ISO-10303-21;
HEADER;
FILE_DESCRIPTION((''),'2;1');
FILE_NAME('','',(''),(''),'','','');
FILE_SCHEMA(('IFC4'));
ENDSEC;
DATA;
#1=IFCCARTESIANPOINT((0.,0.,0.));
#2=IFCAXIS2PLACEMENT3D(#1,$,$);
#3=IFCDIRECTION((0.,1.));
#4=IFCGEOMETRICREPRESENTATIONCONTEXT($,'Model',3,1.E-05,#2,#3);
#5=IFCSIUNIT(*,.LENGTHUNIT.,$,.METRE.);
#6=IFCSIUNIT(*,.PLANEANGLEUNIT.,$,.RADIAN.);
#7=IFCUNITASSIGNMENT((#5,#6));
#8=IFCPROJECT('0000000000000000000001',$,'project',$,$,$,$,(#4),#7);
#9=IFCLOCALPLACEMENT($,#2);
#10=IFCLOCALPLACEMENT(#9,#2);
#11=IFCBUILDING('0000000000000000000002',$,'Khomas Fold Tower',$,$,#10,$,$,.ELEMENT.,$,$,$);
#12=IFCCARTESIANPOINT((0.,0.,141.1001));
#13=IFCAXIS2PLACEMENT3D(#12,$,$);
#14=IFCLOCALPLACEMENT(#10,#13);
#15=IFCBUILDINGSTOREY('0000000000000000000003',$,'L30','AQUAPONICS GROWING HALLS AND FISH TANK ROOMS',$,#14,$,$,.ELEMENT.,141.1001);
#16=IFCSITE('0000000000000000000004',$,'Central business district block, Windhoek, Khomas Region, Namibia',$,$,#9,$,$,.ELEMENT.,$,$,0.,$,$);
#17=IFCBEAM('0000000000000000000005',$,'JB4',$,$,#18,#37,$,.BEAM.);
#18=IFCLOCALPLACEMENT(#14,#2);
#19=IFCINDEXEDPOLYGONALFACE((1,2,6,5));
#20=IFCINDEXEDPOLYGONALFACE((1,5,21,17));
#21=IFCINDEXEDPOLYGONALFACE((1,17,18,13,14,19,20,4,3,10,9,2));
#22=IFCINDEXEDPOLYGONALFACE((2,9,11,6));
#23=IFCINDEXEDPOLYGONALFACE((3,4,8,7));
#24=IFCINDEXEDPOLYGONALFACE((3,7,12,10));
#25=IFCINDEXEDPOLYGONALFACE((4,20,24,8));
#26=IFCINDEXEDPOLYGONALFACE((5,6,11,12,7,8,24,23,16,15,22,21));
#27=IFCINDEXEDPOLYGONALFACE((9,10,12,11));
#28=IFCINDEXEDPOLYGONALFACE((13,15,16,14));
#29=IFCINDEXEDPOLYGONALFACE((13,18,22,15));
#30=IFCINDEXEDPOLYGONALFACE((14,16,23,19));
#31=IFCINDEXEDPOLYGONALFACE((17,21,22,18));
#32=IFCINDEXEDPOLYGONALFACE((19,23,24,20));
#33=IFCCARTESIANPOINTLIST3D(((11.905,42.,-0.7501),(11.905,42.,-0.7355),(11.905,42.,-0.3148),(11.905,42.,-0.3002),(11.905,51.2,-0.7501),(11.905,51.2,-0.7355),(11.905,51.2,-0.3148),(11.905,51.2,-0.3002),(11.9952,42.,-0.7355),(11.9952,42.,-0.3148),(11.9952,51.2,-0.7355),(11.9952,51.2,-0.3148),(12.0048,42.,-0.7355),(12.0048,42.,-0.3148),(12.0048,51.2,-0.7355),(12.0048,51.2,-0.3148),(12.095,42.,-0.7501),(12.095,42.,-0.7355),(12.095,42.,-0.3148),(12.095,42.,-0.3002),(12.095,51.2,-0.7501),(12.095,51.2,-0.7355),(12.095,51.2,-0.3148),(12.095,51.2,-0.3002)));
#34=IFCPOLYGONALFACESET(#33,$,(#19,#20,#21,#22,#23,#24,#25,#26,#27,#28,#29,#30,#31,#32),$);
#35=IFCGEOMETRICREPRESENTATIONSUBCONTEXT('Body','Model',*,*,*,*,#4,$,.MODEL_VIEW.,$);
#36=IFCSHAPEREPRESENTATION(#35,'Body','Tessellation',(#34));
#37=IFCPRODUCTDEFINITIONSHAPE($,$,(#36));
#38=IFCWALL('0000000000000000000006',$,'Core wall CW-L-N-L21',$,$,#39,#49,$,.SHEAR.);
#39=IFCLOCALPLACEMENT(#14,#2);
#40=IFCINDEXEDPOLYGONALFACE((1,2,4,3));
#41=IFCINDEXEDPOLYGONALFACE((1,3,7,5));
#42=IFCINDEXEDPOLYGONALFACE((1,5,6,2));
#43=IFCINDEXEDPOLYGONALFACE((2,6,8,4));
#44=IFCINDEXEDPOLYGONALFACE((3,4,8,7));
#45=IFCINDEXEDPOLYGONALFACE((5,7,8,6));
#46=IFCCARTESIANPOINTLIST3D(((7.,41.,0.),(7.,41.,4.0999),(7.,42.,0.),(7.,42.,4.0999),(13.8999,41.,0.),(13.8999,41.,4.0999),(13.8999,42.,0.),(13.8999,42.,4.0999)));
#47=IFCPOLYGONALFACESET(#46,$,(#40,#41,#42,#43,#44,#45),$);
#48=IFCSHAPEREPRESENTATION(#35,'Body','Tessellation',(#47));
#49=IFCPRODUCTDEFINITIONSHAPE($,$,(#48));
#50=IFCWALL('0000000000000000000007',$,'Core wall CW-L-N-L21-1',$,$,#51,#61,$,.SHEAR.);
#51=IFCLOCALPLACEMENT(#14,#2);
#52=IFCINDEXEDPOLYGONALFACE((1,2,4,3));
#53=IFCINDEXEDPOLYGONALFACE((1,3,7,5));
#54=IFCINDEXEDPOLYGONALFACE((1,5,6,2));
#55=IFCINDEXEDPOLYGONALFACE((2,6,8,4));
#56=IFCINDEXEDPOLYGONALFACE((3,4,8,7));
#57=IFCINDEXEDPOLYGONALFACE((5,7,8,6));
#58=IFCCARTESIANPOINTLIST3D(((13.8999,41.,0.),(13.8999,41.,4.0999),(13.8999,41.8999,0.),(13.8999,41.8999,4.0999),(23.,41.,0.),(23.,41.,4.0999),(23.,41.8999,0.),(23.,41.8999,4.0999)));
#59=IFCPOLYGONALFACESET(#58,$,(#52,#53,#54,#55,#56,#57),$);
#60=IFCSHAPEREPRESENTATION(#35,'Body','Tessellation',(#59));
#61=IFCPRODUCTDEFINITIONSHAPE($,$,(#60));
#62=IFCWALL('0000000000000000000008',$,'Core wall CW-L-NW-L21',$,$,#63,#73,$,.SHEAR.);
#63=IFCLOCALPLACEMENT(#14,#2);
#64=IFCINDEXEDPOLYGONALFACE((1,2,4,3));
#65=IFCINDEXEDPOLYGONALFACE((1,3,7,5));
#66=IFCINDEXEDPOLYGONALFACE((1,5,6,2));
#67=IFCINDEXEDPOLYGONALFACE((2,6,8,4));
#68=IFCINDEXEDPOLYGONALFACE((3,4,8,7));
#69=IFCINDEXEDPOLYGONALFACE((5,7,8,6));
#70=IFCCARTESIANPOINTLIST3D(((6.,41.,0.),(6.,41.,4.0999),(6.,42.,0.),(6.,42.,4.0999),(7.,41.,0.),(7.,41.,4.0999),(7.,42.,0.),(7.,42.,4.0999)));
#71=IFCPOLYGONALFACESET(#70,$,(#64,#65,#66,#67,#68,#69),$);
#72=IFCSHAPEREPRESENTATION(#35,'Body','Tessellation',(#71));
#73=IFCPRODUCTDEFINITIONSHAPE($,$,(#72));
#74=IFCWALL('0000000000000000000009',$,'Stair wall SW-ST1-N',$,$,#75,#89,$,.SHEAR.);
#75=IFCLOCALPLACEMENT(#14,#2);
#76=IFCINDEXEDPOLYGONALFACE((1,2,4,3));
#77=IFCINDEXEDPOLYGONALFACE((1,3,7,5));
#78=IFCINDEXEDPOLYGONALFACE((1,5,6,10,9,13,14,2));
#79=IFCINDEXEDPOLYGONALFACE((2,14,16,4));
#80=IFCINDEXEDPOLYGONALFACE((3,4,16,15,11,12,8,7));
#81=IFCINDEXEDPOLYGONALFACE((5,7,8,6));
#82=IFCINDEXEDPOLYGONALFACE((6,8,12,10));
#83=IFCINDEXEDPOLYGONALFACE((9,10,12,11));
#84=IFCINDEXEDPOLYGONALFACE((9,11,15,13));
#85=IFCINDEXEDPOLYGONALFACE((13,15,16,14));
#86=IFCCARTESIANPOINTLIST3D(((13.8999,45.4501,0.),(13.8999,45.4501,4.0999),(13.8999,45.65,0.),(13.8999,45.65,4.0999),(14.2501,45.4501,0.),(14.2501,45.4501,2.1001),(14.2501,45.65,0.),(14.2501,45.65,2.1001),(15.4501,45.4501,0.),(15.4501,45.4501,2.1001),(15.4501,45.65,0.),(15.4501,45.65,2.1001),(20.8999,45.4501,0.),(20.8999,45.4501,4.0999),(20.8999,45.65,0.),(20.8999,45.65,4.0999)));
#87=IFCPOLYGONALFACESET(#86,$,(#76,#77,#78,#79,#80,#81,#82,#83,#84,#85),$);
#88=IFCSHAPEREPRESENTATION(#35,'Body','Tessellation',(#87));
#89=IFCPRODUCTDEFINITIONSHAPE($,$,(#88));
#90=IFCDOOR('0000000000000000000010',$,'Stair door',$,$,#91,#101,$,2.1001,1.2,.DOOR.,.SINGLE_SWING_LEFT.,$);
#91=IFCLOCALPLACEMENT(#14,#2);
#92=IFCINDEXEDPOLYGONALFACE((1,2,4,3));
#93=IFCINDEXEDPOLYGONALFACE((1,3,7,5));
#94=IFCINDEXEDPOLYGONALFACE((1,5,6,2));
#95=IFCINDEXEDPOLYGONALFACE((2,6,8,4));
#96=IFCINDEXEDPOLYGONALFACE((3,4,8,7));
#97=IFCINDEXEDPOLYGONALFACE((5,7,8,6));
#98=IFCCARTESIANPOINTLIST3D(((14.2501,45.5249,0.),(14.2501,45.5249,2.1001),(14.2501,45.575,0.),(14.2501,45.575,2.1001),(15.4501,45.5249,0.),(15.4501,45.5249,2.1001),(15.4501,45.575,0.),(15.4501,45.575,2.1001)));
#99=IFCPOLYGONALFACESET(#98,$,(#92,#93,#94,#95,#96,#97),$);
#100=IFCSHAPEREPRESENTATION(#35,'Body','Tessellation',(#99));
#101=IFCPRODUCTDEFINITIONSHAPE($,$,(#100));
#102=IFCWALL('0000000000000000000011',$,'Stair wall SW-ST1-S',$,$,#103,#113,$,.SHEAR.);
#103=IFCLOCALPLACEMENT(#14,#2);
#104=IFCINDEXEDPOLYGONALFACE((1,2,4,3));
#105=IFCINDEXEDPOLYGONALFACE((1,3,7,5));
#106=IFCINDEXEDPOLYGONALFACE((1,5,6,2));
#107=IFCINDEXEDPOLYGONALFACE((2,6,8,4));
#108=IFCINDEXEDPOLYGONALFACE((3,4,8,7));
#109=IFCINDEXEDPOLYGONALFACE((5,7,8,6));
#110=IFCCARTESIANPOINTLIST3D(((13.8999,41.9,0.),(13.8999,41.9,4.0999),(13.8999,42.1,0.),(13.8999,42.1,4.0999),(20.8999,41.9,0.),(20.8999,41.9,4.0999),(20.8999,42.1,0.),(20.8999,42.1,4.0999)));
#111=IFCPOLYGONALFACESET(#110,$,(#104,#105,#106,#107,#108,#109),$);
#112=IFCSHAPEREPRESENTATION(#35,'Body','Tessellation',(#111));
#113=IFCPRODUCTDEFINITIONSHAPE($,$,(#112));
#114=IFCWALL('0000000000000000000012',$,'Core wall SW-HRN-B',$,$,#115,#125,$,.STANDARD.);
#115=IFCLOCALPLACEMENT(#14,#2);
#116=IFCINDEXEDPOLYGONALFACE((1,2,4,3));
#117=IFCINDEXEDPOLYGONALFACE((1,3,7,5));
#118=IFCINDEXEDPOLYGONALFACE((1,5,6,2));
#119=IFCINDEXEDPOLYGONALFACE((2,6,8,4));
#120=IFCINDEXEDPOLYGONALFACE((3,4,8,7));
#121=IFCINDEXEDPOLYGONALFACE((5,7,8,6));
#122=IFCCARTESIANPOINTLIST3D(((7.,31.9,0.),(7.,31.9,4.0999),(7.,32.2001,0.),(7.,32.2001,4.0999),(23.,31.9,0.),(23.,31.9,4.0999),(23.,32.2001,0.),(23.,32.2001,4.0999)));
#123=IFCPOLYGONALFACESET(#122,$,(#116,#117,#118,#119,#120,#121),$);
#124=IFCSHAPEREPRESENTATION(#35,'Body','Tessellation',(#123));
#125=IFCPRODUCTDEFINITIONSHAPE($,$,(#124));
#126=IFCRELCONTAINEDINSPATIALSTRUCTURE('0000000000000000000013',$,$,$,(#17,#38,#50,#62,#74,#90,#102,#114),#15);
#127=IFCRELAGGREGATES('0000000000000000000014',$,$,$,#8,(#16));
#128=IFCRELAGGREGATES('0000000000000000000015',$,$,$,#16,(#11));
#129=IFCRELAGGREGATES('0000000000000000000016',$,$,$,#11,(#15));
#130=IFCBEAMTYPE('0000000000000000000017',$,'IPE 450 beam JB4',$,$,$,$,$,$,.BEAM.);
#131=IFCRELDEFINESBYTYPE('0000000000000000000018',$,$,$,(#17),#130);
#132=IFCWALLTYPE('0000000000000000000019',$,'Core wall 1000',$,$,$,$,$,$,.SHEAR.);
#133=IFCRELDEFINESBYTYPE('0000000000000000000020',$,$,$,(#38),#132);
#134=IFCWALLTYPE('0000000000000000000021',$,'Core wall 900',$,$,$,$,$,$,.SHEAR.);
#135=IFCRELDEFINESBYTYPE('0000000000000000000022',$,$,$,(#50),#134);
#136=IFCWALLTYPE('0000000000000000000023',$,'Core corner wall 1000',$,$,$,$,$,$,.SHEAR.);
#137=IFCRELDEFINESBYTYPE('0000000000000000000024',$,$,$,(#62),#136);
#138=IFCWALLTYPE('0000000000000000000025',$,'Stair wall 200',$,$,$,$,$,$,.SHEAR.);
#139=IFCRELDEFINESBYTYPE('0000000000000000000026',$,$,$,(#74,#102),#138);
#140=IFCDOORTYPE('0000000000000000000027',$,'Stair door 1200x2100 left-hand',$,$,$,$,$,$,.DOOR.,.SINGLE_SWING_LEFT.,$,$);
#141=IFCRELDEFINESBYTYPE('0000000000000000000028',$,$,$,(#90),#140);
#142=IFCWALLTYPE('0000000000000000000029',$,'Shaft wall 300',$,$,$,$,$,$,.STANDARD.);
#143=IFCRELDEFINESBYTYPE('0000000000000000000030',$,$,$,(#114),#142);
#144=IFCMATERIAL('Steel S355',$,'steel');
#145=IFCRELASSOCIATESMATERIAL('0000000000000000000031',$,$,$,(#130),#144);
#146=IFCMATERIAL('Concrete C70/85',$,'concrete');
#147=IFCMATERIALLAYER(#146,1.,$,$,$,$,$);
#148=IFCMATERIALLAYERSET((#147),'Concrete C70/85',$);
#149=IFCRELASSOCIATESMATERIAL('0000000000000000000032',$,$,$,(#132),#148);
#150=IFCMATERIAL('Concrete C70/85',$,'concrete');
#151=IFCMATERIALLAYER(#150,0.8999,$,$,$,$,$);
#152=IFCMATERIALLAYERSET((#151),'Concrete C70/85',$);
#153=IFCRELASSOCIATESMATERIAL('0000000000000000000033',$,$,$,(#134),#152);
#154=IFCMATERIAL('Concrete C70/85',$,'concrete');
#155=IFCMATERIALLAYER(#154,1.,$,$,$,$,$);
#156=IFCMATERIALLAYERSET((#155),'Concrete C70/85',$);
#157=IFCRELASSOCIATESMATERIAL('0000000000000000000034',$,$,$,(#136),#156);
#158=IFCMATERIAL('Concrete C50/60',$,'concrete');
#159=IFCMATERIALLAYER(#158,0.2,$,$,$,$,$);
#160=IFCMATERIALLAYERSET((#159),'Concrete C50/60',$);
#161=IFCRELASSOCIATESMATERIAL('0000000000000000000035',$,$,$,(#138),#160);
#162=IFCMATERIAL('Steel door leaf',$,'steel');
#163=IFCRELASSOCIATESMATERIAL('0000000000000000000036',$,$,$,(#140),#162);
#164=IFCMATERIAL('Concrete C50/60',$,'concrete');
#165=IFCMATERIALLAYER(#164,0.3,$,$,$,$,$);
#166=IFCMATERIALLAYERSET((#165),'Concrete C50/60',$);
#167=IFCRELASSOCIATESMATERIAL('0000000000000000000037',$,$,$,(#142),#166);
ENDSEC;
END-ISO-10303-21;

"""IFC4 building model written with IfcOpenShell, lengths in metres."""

from ifc_helpers import new_model, si_unit, direction, frame, frame_2d, origin, origin_2d, place, context, subcontext, project, spatial, rectangle, i_section, extrude, source, transform, mapped, material, layer, layer_set, material_profile, profile_set, type_object, element, fill, save


model = new_model("IFC4")

# Units and contexts
model_context = context("Model", 3, precision=1e-05, world=origin(), true_north=direction((0.0, 1.0)))
body_context = subcontext(model_context, "Body", "Model", "MODEL_VIEW")
ifc_project = project(units=[si_unit("LENGTHUNIT", "METRE"), si_unit("PLANEANGLEUNIT", "RADIAN")], contexts=[model_context])

# Site, building, storey
site_placement = place(None, origin())
site = spatial("IfcSite", under=ifc_project, at=site_placement, Name="Central business district block, Windhoek, Khomas Region, Namibia", CompositionType="ELEMENT", RefElevation=0.0)
building_placement = place(site_placement, origin())
building = spatial("IfcBuilding", under=site, at=building_placement, Name="Khomas Fold Tower", CompositionType="ELEMENT")
storey_placement = place(building_placement, frame((0.0, 0.0, 141.1001)))
storey = spatial("IfcBuildingStorey", under=building, at=storey_placement, Name="L30", Description="AQUAPONICS GROWING HALLS AND FISH TANK ROOMS", CompositionType="ELEMENT", Elevation=141.1001)

# Beam
ifc_material_1 = material(Name="Steel S355", Category="steel")
ifc_material_profile = material_profile(ifc_material_1, i_section(OverallWidth=0.1899, OverallDepth=0.45, WebThickness=0.0095, FlangeThickness=0.0146, at=origin_2d()), Name="IPE 450")
ifc_profile_set = profile_set([ifc_material_profile], Name="Steel S355")
beam_type = type_object("IfcBeamType", Name="IPE 450 beam JB4", PredefinedType="BEAM", material=ifc_profile_set)
shared_shape_1 = source(origin(), body_context, "Body", "SweptSolid", [
    extrude(i_section(OverallWidth=0.1899, OverallDepth=0.45, WebThickness=0.0095, FlangeThickness=0.0146, at=origin_2d()), origin(), (0.0, 0.0, 1.0), 9.2),
])
beam_placement = place(storey_placement, frame((12.0, 42.0, -0.5251), z_axis=(0.0, 1.0, 0.0), x_axis=(-1.0, 0.0, 0.0)))
element("IfcBeam", 1, at=beam_placement, inside=storey, type_object=beam_type, Name="JB4", PredefinedType="BEAM", context=body_context, shape_type="MappedRepresentation", body=[
    mapped(shared_shape_1, transform((0.0, 0.0, 0.0))),
])

# Walls
ifc_material_2 = material(Name="Concrete C70/85", Category="concrete")
ifc_layer_1 = layer(ifc_material_2, 1.0)
ifc_layer_set_1 = layer_set([ifc_layer_1], Name="Concrete C70/85")
wall_type_1 = type_object("IfcWallType", Name="Core wall 1000", PredefinedType="SHEAR", material=ifc_layer_set_1)
shared_shape_2 = source(origin(), body_context, "Body", "SweptSolid", [
    extrude(rectangle(XDim=6.8999, YDim=1.0, at=frame_2d((3.45, 0.0))), origin(), (0.0, 0.0, 1.0), 4.0999),
])
wall_1_placement = place(storey_placement, frame((7.0, 41.5, 0.0), z_axis=(0.0, 0.0, 1.0), x_axis=(1.0, 0.0, 0.0)))
element("IfcWall", 2, at=wall_1_placement, inside=storey, type_object=wall_type_1, Name="Core wall CW-L-N-L21", PredefinedType="SHEAR", context=body_context, shape_type="MappedRepresentation", body=[
    mapped(shared_shape_2, transform((0.0, 0.0, 0.0))),
])
ifc_material_3 = material(Name="Concrete C70/85", Category="concrete")
ifc_layer_2 = layer(ifc_material_3, 0.8999)
ifc_layer_set_2 = layer_set([ifc_layer_2], Name="Concrete C70/85")
wall_type_2 = type_object("IfcWallType", Name="Core wall 900", PredefinedType="SHEAR", material=ifc_layer_set_2)
shared_shape_3 = source(origin(), body_context, "Body", "SweptSolid", [
    extrude(rectangle(XDim=9.1001, YDim=0.8999, at=frame_2d((4.55, 0.0))), origin(), (0.0, 0.0, 1.0), 4.0999),
])
wall_2_placement = place(storey_placement, frame((13.8999, 41.45, 0.0), z_axis=(0.0, 0.0, 1.0), x_axis=(1.0, 0.0, 0.0)))
element("IfcWall", 3, at=wall_2_placement, inside=storey, type_object=wall_type_2, Name="Core wall CW-L-N-L21-1", PredefinedType="SHEAR", context=body_context, shape_type="MappedRepresentation", body=[
    mapped(shared_shape_3, transform((0.0, 0.0, 0.0))),
])
ifc_material_4 = material(Name="Concrete C70/85", Category="concrete")
ifc_layer_3 = layer(ifc_material_4, 1.0)
ifc_layer_set_3 = layer_set([ifc_layer_3], Name="Concrete C70/85")
wall_type_3 = type_object("IfcWallType", Name="Core corner wall 1000", PredefinedType="SHEAR", material=ifc_layer_set_3)
shared_shape_4 = source(origin(), body_context, "Body", "SweptSolid", [
    extrude(rectangle(XDim=1.0, YDim=1.0, at=frame_2d((0.5, 0.0))), origin(), (0.0, 0.0, 1.0), 4.0999),
])
wall_3_placement = place(storey_placement, frame((6.0, 41.5, 0.0), z_axis=(0.0, 0.0, 1.0), x_axis=(1.0, 0.0, 0.0)))
element("IfcWall", 4, at=wall_3_placement, inside=storey, type_object=wall_type_3, Name="Core wall CW-L-NW-L21", PredefinedType="SHEAR", context=body_context, shape_type="MappedRepresentation", body=[
    mapped(shared_shape_4, transform((0.0, 0.0, 0.0))),
])

# Wall, opening, door
ifc_material_5 = material(Name="Concrete C50/60", Category="concrete")
ifc_layer_4 = layer(ifc_material_5, 0.2)
ifc_layer_set_4 = layer_set([ifc_layer_4], Name="Concrete C50/60")
wall_type_4 = type_object("IfcWallType", Name="Stair wall 200", PredefinedType="SHEAR", material=ifc_layer_set_4)
shared_shape_5 = source(origin(), body_context, "Body", "SweptSolid", [
    extrude(rectangle(XDim=7.0, YDim=0.2, at=frame_2d((3.5, 0.0))), origin(), (0.0, 0.0, 1.0), 4.0999),
])
wall_4_placement = place(storey_placement, frame((13.8999, 45.55, 0.0), z_axis=(0.0, 0.0, 1.0), x_axis=(1.0, 0.0, 0.0)))
wall_4 = element("IfcWall", 5, at=wall_4_placement, inside=storey, type_object=wall_type_4, Name="Stair wall SW-ST1-N", PredefinedType="SHEAR", context=body_context, shape_type="MappedRepresentation", body=[
    mapped(shared_shape_5, transform((0.0, 0.0, 0.0))),
])
shared_shape_6 = source(origin(), body_context, "Body", "SweptSolid", [
    extrude(rectangle(XDim=1.2, YDim=2.1001, at=frame_2d((0.6001, 1.05))), frame((0.0, 0.1099, 0.0), z_axis=(0.0, -1.0, 0.0), x_axis=(1.0, 0.0, 0.0)), (0.0, 0.0, 1.0), 0.22),
])
opening_1_placement = place(wall_4_placement, frame((0.3501, 0.0, 0.0)))
opening_1 = element("IfcOpeningElement", 6, at=opening_1_placement, cuts=wall_4, PredefinedType="OPENING", context=body_context, shape_type="MappedRepresentation", body=[
    mapped(shared_shape_6, transform((0.0, 0.0, 0.0))),
])
ifc_material_6 = material(Name="Steel door leaf", Category="steel")
door_type_1 = type_object("IfcDoorType", Name="Stair door 1200x2100 left-hand", OperationType="SINGLE_SWING_LEFT", PredefinedType="DOOR", material=ifc_material_6)
shared_shape_7 = source(origin(), body_context, "Body", "SweptSolid", [
    extrude(rectangle(XDim=1.2, YDim=2.1001, at=frame_2d((0.6001, 1.05))), frame((0.0, 0.0249, 0.0), z_axis=(0.0, -1.0, 0.0), x_axis=(1.0, 0.0, 0.0)), (0.0, 0.0, 1.0), 0.05),
])
door_1_placement = place(opening_1_placement, origin())
door_1 = element("IfcDoor", 7, at=door_1_placement, inside=storey, type_object=door_type_1, Name="Stair door", OperationType="SINGLE_SWING_LEFT", OverallHeight=2.1001, OverallWidth=1.2, PredefinedType="DOOR", context=body_context, shape_type="MappedRepresentation", body=[
    mapped(shared_shape_7, transform((0.0, 0.0, 0.0))),
])
fill(opening_1, door_1)

# Walls
wall_5_placement = place(storey_placement, frame((13.8999, 42.0, 0.0), z_axis=(0.0, 0.0, 1.0), x_axis=(1.0, 0.0, 0.0)))
element("IfcWall", 8, at=wall_5_placement, inside=storey, type_object=wall_type_4, Name="Stair wall SW-ST1-S", PredefinedType="SHEAR", context=body_context, shape_type="MappedRepresentation", body=[
    mapped(shared_shape_5, transform((0.0, 0.0, 0.0))),
])
ifc_material_7 = material(Name="Concrete C50/60", Category="concrete")
ifc_layer_5 = layer(ifc_material_7, 0.3)
ifc_layer_set_5 = layer_set([ifc_layer_5], Name="Concrete C50/60")
wall_type_5 = type_object("IfcWallType", Name="Shaft wall 300", PredefinedType="STANDARD", material=ifc_layer_set_5)
shared_shape_8 = source(origin(), body_context, "Body", "SweptSolid", [
    extrude(rectangle(XDim=16.0, YDim=0.3, at=frame_2d((8.0, 0.0))), origin(), (0.0, 0.0, 1.0), 4.0999),
])
wall_6_placement = place(storey_placement, frame((7.0, 32.05, 0.0), z_axis=(0.0, 0.0, 1.0), x_axis=(1.0, 0.0, 0.0)))
element("IfcWall", 9, at=wall_6_placement, inside=storey, type_object=wall_type_5, Name="Core wall SW-HRN-B", PredefinedType="STANDARD", context=body_context, shape_type="MappedRepresentation", body=[
    mapped(shared_shape_8, transform((0.0, 0.0, 0.0))),
])

save(model, "model.ifc")
